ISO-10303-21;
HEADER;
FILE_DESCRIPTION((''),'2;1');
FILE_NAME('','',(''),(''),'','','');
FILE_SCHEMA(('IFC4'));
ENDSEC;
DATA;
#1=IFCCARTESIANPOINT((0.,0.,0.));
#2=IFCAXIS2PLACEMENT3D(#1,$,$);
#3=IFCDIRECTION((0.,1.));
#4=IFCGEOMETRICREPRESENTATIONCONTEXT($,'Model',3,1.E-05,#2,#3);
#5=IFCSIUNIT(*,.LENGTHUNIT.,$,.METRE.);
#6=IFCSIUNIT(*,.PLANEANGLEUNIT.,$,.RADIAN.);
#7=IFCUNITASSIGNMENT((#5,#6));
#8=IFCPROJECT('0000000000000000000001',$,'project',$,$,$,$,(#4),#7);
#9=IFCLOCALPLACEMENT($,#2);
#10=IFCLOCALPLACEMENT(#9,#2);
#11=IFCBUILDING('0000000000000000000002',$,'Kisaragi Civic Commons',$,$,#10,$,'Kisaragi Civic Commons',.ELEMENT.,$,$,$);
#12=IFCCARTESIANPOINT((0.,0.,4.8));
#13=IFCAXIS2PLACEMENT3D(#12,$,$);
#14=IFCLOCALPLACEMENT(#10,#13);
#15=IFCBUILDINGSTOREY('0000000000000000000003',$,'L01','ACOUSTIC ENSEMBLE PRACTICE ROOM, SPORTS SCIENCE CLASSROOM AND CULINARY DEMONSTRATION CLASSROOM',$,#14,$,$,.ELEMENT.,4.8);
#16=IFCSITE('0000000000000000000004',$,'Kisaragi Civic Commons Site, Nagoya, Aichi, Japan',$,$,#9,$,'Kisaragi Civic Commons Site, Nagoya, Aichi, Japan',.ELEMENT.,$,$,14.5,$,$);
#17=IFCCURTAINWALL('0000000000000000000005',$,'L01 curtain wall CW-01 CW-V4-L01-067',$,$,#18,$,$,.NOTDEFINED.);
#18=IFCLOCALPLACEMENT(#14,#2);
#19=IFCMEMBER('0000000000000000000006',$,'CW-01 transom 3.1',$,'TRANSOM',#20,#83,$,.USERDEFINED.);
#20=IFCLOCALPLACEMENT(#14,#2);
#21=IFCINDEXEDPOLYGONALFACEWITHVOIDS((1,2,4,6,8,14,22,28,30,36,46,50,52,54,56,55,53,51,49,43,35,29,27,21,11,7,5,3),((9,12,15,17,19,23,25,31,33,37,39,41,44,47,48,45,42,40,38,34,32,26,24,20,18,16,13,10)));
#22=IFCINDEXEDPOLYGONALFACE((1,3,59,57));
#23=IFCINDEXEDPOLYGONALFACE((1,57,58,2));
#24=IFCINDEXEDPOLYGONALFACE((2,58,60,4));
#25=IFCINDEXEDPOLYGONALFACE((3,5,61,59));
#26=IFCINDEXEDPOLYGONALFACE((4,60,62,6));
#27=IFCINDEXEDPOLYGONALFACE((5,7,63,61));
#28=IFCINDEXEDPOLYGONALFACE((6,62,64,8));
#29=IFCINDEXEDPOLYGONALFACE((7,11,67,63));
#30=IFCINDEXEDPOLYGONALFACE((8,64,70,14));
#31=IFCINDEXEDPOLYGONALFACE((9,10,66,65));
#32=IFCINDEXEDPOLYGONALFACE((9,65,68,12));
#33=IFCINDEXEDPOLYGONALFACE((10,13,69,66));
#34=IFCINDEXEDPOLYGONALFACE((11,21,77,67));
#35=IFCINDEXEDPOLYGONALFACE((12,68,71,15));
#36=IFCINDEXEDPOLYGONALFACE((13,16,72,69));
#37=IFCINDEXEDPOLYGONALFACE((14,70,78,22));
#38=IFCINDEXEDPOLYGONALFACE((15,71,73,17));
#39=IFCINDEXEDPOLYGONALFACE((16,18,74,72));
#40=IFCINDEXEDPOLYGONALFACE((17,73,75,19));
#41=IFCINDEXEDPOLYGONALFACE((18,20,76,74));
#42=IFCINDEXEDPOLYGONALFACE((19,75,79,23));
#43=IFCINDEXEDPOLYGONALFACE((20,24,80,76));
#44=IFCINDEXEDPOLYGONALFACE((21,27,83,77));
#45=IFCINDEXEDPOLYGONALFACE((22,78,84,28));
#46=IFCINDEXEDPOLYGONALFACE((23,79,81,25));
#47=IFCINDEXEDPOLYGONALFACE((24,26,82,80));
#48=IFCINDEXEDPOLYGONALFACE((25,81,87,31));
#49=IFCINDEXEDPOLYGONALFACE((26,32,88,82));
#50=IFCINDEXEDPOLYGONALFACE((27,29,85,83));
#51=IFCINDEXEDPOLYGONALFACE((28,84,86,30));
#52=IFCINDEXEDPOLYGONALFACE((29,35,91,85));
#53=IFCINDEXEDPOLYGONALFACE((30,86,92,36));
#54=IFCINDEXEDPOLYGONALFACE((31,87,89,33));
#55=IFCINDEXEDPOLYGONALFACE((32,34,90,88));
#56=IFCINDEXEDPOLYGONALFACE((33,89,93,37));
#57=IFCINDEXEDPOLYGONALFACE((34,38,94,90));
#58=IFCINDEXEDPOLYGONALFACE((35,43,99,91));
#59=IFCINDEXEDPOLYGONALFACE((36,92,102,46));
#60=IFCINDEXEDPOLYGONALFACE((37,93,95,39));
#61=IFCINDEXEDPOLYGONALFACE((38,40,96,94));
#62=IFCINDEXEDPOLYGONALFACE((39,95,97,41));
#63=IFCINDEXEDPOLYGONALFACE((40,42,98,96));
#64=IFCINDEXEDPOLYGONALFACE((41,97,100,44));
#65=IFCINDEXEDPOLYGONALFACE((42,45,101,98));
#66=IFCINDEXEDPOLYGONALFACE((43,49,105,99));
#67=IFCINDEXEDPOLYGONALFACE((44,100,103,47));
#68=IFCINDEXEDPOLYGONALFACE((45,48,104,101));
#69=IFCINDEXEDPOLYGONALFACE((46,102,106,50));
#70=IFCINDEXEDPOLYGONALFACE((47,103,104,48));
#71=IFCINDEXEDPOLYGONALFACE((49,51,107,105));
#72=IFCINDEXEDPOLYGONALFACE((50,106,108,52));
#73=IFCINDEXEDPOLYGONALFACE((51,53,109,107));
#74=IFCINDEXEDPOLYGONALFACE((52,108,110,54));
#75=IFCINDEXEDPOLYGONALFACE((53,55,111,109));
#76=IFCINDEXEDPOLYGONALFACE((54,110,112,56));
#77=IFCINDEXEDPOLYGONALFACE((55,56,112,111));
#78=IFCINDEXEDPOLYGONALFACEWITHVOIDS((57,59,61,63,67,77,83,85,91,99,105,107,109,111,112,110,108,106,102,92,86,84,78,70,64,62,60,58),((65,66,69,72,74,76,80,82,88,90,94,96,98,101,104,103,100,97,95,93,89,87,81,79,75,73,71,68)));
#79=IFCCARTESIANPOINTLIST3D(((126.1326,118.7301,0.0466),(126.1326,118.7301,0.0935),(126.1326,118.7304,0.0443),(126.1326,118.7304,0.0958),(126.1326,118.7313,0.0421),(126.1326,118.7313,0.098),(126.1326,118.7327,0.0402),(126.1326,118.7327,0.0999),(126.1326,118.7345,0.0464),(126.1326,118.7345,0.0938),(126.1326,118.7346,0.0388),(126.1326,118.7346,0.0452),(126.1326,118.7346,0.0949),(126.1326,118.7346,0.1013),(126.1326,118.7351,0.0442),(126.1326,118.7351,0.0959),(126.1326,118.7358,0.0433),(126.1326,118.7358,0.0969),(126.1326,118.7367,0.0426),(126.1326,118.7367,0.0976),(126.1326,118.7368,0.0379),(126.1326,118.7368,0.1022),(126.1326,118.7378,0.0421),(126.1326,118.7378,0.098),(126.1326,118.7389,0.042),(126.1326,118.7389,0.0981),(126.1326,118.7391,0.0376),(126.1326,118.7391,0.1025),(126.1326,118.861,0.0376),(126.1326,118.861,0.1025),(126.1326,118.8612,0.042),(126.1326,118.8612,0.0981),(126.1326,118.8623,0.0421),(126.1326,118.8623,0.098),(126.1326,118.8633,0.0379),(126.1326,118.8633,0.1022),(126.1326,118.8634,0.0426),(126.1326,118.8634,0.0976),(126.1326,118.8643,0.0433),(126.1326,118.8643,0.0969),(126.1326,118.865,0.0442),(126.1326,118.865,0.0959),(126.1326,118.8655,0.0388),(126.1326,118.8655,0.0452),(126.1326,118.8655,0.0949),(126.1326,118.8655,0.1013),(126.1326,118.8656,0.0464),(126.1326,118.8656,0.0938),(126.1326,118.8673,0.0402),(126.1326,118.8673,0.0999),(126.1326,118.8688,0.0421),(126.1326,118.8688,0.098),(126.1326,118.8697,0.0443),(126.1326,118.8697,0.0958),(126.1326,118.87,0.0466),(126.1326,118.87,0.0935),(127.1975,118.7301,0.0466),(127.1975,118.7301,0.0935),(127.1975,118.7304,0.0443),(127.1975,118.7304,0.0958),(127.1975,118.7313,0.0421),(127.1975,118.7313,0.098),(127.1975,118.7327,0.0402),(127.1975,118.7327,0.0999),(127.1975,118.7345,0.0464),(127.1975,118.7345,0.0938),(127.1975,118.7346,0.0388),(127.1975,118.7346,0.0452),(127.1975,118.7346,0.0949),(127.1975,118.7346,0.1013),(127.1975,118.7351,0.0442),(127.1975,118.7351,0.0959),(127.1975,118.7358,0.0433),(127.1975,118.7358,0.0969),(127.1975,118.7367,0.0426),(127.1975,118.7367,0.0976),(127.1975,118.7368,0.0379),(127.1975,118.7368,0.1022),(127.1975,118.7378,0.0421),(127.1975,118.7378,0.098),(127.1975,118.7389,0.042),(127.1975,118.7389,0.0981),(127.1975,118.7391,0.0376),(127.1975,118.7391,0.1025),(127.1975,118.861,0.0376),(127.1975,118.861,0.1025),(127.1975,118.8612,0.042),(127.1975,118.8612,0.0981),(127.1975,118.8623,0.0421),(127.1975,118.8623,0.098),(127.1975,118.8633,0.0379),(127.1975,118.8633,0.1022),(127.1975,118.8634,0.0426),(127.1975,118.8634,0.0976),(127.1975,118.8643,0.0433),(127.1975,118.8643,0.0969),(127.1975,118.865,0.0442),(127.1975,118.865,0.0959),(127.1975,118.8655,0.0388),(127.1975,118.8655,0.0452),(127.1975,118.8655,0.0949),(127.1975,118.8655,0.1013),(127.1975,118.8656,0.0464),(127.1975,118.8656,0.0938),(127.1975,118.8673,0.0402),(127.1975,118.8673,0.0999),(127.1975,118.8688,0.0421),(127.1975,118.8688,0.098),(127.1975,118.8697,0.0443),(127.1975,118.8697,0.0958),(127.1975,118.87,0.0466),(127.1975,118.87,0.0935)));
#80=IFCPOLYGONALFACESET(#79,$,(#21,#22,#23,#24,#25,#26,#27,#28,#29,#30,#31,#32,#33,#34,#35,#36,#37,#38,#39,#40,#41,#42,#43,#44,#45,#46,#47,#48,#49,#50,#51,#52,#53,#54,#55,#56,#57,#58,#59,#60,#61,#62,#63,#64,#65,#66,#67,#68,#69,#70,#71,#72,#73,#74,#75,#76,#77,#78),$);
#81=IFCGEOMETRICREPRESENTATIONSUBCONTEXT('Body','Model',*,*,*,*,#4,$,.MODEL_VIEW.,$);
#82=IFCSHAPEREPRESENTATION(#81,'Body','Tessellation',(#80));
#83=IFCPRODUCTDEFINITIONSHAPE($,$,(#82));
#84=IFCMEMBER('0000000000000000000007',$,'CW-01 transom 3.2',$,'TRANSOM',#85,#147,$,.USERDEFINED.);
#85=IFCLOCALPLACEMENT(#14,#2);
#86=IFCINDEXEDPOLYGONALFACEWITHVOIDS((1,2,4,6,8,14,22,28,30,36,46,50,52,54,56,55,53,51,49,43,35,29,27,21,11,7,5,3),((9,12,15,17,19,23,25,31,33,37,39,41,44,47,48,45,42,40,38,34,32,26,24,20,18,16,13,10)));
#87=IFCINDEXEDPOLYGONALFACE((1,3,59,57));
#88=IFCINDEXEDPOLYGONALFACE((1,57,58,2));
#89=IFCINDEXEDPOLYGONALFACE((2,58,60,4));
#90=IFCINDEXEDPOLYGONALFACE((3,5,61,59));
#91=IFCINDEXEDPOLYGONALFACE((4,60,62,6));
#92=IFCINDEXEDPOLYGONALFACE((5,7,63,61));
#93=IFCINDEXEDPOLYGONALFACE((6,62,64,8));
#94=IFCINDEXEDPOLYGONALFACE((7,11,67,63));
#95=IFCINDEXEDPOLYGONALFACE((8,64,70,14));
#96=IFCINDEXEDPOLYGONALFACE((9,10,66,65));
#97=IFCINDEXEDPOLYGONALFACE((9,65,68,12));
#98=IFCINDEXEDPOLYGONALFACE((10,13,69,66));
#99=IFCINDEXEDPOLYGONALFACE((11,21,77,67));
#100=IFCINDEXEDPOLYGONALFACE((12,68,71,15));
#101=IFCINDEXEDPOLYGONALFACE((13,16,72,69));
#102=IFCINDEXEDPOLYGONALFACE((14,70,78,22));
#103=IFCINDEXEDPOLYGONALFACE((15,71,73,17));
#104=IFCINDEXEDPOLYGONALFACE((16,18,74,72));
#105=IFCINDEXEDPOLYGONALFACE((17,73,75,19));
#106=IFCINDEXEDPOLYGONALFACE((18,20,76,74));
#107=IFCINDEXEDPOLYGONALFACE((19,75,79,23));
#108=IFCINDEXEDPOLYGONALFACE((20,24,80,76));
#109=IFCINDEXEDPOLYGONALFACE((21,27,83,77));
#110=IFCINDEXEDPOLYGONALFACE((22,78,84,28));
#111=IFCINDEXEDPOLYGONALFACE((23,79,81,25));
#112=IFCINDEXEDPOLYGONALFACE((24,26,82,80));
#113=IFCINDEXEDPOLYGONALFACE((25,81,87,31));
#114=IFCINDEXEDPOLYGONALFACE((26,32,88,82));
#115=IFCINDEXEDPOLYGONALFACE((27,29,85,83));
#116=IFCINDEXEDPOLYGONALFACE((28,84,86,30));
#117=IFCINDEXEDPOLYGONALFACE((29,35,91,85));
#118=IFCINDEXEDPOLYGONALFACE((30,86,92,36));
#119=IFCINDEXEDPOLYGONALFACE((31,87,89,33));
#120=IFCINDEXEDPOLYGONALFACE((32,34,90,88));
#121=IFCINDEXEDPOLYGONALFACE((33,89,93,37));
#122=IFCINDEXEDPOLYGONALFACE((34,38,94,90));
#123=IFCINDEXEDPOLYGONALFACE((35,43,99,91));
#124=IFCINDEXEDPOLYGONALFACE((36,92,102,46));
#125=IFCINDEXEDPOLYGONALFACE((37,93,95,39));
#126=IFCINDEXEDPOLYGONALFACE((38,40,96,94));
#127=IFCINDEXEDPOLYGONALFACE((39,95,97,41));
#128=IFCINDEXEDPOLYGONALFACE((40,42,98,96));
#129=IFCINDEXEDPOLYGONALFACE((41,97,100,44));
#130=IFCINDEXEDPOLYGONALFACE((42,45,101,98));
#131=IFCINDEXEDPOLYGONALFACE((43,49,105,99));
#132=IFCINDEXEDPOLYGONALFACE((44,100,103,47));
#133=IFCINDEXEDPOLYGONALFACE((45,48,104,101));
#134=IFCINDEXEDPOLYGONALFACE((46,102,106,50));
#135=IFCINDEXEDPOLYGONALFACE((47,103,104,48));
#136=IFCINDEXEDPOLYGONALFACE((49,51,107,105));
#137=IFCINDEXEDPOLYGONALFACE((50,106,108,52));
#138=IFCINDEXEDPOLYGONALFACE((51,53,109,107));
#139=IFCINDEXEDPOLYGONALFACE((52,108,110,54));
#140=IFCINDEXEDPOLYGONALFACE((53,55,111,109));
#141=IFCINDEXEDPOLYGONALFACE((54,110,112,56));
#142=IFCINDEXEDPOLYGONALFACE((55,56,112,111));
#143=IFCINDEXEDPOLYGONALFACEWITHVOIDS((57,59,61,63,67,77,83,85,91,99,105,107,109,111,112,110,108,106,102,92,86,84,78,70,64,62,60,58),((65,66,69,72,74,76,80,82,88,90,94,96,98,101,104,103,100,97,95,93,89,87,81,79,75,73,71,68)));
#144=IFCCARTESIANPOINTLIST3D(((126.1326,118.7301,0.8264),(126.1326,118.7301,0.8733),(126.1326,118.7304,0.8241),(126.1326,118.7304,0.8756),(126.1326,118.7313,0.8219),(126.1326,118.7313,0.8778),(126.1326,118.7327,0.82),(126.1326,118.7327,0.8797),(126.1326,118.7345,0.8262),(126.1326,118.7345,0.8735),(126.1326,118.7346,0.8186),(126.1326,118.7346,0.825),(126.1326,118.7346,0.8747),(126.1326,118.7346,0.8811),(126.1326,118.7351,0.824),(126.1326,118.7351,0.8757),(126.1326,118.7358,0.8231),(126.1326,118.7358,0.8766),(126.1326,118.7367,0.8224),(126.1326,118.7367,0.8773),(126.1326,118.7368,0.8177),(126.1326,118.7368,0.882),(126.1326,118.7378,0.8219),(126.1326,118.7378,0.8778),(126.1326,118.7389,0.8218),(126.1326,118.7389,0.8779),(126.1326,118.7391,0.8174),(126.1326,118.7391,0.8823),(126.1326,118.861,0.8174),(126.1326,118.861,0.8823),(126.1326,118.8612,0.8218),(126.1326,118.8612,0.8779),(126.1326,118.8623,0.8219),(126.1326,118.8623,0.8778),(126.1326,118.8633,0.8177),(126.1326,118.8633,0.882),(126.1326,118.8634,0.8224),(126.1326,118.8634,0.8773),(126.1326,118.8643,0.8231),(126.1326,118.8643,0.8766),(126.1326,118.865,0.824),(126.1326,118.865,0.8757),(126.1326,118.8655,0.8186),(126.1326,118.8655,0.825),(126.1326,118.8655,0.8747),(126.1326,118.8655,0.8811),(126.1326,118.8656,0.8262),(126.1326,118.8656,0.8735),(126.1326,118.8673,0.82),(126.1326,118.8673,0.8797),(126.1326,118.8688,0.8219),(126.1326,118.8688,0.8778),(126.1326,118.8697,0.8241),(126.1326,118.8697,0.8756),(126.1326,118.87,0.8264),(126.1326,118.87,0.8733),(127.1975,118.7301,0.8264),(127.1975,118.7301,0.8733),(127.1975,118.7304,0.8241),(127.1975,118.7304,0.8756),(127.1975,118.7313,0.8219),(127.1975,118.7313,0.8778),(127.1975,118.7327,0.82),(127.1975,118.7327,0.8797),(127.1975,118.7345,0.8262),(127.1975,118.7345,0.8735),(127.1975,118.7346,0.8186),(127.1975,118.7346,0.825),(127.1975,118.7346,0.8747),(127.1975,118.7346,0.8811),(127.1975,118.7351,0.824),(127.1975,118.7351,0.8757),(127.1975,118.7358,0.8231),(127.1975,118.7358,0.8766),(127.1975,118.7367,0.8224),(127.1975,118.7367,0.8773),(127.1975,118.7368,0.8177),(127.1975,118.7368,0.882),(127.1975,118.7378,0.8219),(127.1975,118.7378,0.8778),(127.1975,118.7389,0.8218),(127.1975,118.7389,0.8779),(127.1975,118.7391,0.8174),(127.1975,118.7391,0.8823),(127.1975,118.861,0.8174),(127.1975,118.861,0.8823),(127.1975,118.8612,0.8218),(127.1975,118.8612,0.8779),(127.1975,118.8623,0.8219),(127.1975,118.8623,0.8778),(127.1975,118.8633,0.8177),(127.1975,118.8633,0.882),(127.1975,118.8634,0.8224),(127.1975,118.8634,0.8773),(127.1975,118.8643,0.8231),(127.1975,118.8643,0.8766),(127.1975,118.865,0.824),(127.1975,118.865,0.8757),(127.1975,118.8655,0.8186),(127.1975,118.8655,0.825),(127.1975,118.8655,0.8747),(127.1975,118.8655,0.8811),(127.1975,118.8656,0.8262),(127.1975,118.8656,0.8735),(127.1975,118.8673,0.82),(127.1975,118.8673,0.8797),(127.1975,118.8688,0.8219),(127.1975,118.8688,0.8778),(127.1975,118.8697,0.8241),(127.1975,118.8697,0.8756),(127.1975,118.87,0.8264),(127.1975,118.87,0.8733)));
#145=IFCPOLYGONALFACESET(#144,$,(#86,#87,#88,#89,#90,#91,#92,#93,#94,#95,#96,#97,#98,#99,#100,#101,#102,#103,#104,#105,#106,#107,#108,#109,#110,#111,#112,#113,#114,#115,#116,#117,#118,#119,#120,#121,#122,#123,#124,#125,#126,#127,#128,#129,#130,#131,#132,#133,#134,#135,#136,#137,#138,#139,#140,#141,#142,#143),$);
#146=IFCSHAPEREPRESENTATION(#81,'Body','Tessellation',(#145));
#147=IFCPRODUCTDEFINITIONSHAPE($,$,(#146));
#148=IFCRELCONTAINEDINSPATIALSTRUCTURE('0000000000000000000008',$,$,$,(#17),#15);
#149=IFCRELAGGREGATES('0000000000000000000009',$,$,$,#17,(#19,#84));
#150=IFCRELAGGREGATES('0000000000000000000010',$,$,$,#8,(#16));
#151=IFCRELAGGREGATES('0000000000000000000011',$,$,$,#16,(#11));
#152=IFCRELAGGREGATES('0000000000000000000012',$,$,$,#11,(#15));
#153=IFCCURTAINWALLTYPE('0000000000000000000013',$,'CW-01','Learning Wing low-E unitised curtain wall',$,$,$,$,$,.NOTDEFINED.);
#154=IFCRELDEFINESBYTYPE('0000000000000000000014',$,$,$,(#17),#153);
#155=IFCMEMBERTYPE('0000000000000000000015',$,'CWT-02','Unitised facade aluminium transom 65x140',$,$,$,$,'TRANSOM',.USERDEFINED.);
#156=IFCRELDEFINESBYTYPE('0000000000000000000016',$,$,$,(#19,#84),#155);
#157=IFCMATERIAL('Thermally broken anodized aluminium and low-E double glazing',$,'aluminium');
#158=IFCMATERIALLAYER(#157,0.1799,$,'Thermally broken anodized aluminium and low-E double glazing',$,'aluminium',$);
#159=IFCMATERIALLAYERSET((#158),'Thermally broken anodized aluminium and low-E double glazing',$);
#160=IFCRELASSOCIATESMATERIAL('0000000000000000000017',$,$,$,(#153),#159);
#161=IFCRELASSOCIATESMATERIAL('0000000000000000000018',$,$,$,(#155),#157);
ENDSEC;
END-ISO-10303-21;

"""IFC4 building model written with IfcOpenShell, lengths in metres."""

from ifc_helpers import new_model, si_unit, direction, frame, origin, origin_2d, place, context, subcontext, project, spatial, hollow_rectangle, extrude, material, layer, layer_set, material_profile, profile_set, type_object, element, aggregate, save


model = new_model("IFC4")

# Units and contexts
model_context = context("Model", 3, precision=1e-05, world=origin(), true_north=direction((0.0, 1.0)))
body_context = subcontext(model_context, "Body", "Model", "MODEL_VIEW")
ifc_project = project(units=[si_unit("LENGTHUNIT", "METRE"), si_unit("PLANEANGLEUNIT", "RADIAN")], contexts=[model_context])

# Site, building, storey
site_placement = place(None, origin())
site = spatial("IfcSite", under=ifc_project, at=site_placement, Name="Kisaragi Civic Commons Site, Nagoya, Aichi, Japan", LongName="Kisaragi Civic Commons Site, Nagoya, Aichi, Japan", CompositionType="ELEMENT", RefElevation=14.5)
building_placement = place(site_placement, origin())
building = spatial("IfcBuilding", under=site, at=building_placement, Name="Kisaragi Civic Commons", LongName="Kisaragi Civic Commons", CompositionType="ELEMENT")
storey_placement = place(building_placement, frame((0.0, 0.0, 4.8)))
storey = spatial("IfcBuildingStorey", under=building, at=storey_placement, Name="L01", Description="ACOUSTIC ENSEMBLE PRACTICE ROOM, SPORTS SCIENCE CLASSROOM AND CULINARY DEMONSTRATION CLASSROOM", CompositionType="ELEMENT", Elevation=4.8)

# Curtain wall
ifc_material = material(Name="Thermally broken anodized aluminium and low-E double glazing", Category="aluminium")
ifc_layer_1 = layer(ifc_material, 0.1799, Name="Thermally broken anodized aluminium and low-E double glazing", Category="aluminium")
ifc_layer_set_1 = layer_set([ifc_layer_1], Name="Thermally broken anodized aluminium and low-E double glazing")
curtain_wall_type = type_object("IfcCurtainWallType", Name="CW-01", Description="Learning Wing low-E unitised curtain wall", PredefinedType="NOTDEFINED", material=ifc_layer_set_1)
curtain_wall_1_placement = place(storey_placement, origin())
curtain_wall_1 = element("IfcCurtainWall", 1, at=curtain_wall_1_placement, inside=storey, type_object=curtain_wall_type, Name="L01 curtain wall CW-01 CW-V4-L01-067", PredefinedType="NOTDEFINED")

# Members
ifc_material_profile_1 = material_profile(ifc_material, hollow_rectangle(XDim=0.1399, YDim=0.0649, WallThickness=0.0044, InnerFilletRadius=0.0044, OuterFilletRadius=0.009, at=origin_2d()), Name="CWT-65x140x4.5", Category="aluminium")
ifc_profile_set_1 = profile_set([ifc_material_profile_1], Name="Thermally broken anodized aluminium and low-E double glazing")
member_type_1 = type_object("IfcMemberType", Name="CWT-02", Description="Unitised facade aluminium transom 65x140", ElementType="TRANSOM", PredefinedType="USERDEFINED", material=ifc_profile_set_1)
member_1_placement = place(storey_placement, frame((126.1326, 118.8, 0.0701), z_axis=(1.0, 0.0, 0.0), x_axis=(0.0, 1.0, 0.0)))
member_1 = element("IfcMember", 2, at=member_1_placement, type_object=member_type_1, Name="CW-01 transom 3.1", ObjectType="TRANSOM", PredefinedType="USERDEFINED", context=body_context, shape_type="SweptSolid", body=[
    extrude(hollow_rectangle(XDim=0.1399, YDim=0.0649, WallThickness=0.0044, InnerFilletRadius=0.0044, OuterFilletRadius=0.009, at=origin_2d()), origin(), (0.0, 0.0, 1.0), 1.0649),
])
member_2_placement = place(storey_placement, frame((126.1326, 118.8, 0.8499), z_axis=(1.0, 0.0, 0.0), x_axis=(0.0, 1.0, 0.0)))
member_2 = element("IfcMember", 3, at=member_2_placement, type_object=member_type_1, Name="CW-01 transom 3.2", ObjectType="TRANSOM", PredefinedType="USERDEFINED", context=body_context, shape_type="SweptSolid", body=[
    extrude(hollow_rectangle(XDim=0.1399, YDim=0.0649, WallThickness=0.0044, InnerFilletRadius=0.0044, OuterFilletRadius=0.009, at=origin_2d()), origin(), (0.0, 0.0, 1.0), 1.0649),
])

aggregate(curtain_wall_1, [member_1, member_2])

save(model, "model.ifc")
